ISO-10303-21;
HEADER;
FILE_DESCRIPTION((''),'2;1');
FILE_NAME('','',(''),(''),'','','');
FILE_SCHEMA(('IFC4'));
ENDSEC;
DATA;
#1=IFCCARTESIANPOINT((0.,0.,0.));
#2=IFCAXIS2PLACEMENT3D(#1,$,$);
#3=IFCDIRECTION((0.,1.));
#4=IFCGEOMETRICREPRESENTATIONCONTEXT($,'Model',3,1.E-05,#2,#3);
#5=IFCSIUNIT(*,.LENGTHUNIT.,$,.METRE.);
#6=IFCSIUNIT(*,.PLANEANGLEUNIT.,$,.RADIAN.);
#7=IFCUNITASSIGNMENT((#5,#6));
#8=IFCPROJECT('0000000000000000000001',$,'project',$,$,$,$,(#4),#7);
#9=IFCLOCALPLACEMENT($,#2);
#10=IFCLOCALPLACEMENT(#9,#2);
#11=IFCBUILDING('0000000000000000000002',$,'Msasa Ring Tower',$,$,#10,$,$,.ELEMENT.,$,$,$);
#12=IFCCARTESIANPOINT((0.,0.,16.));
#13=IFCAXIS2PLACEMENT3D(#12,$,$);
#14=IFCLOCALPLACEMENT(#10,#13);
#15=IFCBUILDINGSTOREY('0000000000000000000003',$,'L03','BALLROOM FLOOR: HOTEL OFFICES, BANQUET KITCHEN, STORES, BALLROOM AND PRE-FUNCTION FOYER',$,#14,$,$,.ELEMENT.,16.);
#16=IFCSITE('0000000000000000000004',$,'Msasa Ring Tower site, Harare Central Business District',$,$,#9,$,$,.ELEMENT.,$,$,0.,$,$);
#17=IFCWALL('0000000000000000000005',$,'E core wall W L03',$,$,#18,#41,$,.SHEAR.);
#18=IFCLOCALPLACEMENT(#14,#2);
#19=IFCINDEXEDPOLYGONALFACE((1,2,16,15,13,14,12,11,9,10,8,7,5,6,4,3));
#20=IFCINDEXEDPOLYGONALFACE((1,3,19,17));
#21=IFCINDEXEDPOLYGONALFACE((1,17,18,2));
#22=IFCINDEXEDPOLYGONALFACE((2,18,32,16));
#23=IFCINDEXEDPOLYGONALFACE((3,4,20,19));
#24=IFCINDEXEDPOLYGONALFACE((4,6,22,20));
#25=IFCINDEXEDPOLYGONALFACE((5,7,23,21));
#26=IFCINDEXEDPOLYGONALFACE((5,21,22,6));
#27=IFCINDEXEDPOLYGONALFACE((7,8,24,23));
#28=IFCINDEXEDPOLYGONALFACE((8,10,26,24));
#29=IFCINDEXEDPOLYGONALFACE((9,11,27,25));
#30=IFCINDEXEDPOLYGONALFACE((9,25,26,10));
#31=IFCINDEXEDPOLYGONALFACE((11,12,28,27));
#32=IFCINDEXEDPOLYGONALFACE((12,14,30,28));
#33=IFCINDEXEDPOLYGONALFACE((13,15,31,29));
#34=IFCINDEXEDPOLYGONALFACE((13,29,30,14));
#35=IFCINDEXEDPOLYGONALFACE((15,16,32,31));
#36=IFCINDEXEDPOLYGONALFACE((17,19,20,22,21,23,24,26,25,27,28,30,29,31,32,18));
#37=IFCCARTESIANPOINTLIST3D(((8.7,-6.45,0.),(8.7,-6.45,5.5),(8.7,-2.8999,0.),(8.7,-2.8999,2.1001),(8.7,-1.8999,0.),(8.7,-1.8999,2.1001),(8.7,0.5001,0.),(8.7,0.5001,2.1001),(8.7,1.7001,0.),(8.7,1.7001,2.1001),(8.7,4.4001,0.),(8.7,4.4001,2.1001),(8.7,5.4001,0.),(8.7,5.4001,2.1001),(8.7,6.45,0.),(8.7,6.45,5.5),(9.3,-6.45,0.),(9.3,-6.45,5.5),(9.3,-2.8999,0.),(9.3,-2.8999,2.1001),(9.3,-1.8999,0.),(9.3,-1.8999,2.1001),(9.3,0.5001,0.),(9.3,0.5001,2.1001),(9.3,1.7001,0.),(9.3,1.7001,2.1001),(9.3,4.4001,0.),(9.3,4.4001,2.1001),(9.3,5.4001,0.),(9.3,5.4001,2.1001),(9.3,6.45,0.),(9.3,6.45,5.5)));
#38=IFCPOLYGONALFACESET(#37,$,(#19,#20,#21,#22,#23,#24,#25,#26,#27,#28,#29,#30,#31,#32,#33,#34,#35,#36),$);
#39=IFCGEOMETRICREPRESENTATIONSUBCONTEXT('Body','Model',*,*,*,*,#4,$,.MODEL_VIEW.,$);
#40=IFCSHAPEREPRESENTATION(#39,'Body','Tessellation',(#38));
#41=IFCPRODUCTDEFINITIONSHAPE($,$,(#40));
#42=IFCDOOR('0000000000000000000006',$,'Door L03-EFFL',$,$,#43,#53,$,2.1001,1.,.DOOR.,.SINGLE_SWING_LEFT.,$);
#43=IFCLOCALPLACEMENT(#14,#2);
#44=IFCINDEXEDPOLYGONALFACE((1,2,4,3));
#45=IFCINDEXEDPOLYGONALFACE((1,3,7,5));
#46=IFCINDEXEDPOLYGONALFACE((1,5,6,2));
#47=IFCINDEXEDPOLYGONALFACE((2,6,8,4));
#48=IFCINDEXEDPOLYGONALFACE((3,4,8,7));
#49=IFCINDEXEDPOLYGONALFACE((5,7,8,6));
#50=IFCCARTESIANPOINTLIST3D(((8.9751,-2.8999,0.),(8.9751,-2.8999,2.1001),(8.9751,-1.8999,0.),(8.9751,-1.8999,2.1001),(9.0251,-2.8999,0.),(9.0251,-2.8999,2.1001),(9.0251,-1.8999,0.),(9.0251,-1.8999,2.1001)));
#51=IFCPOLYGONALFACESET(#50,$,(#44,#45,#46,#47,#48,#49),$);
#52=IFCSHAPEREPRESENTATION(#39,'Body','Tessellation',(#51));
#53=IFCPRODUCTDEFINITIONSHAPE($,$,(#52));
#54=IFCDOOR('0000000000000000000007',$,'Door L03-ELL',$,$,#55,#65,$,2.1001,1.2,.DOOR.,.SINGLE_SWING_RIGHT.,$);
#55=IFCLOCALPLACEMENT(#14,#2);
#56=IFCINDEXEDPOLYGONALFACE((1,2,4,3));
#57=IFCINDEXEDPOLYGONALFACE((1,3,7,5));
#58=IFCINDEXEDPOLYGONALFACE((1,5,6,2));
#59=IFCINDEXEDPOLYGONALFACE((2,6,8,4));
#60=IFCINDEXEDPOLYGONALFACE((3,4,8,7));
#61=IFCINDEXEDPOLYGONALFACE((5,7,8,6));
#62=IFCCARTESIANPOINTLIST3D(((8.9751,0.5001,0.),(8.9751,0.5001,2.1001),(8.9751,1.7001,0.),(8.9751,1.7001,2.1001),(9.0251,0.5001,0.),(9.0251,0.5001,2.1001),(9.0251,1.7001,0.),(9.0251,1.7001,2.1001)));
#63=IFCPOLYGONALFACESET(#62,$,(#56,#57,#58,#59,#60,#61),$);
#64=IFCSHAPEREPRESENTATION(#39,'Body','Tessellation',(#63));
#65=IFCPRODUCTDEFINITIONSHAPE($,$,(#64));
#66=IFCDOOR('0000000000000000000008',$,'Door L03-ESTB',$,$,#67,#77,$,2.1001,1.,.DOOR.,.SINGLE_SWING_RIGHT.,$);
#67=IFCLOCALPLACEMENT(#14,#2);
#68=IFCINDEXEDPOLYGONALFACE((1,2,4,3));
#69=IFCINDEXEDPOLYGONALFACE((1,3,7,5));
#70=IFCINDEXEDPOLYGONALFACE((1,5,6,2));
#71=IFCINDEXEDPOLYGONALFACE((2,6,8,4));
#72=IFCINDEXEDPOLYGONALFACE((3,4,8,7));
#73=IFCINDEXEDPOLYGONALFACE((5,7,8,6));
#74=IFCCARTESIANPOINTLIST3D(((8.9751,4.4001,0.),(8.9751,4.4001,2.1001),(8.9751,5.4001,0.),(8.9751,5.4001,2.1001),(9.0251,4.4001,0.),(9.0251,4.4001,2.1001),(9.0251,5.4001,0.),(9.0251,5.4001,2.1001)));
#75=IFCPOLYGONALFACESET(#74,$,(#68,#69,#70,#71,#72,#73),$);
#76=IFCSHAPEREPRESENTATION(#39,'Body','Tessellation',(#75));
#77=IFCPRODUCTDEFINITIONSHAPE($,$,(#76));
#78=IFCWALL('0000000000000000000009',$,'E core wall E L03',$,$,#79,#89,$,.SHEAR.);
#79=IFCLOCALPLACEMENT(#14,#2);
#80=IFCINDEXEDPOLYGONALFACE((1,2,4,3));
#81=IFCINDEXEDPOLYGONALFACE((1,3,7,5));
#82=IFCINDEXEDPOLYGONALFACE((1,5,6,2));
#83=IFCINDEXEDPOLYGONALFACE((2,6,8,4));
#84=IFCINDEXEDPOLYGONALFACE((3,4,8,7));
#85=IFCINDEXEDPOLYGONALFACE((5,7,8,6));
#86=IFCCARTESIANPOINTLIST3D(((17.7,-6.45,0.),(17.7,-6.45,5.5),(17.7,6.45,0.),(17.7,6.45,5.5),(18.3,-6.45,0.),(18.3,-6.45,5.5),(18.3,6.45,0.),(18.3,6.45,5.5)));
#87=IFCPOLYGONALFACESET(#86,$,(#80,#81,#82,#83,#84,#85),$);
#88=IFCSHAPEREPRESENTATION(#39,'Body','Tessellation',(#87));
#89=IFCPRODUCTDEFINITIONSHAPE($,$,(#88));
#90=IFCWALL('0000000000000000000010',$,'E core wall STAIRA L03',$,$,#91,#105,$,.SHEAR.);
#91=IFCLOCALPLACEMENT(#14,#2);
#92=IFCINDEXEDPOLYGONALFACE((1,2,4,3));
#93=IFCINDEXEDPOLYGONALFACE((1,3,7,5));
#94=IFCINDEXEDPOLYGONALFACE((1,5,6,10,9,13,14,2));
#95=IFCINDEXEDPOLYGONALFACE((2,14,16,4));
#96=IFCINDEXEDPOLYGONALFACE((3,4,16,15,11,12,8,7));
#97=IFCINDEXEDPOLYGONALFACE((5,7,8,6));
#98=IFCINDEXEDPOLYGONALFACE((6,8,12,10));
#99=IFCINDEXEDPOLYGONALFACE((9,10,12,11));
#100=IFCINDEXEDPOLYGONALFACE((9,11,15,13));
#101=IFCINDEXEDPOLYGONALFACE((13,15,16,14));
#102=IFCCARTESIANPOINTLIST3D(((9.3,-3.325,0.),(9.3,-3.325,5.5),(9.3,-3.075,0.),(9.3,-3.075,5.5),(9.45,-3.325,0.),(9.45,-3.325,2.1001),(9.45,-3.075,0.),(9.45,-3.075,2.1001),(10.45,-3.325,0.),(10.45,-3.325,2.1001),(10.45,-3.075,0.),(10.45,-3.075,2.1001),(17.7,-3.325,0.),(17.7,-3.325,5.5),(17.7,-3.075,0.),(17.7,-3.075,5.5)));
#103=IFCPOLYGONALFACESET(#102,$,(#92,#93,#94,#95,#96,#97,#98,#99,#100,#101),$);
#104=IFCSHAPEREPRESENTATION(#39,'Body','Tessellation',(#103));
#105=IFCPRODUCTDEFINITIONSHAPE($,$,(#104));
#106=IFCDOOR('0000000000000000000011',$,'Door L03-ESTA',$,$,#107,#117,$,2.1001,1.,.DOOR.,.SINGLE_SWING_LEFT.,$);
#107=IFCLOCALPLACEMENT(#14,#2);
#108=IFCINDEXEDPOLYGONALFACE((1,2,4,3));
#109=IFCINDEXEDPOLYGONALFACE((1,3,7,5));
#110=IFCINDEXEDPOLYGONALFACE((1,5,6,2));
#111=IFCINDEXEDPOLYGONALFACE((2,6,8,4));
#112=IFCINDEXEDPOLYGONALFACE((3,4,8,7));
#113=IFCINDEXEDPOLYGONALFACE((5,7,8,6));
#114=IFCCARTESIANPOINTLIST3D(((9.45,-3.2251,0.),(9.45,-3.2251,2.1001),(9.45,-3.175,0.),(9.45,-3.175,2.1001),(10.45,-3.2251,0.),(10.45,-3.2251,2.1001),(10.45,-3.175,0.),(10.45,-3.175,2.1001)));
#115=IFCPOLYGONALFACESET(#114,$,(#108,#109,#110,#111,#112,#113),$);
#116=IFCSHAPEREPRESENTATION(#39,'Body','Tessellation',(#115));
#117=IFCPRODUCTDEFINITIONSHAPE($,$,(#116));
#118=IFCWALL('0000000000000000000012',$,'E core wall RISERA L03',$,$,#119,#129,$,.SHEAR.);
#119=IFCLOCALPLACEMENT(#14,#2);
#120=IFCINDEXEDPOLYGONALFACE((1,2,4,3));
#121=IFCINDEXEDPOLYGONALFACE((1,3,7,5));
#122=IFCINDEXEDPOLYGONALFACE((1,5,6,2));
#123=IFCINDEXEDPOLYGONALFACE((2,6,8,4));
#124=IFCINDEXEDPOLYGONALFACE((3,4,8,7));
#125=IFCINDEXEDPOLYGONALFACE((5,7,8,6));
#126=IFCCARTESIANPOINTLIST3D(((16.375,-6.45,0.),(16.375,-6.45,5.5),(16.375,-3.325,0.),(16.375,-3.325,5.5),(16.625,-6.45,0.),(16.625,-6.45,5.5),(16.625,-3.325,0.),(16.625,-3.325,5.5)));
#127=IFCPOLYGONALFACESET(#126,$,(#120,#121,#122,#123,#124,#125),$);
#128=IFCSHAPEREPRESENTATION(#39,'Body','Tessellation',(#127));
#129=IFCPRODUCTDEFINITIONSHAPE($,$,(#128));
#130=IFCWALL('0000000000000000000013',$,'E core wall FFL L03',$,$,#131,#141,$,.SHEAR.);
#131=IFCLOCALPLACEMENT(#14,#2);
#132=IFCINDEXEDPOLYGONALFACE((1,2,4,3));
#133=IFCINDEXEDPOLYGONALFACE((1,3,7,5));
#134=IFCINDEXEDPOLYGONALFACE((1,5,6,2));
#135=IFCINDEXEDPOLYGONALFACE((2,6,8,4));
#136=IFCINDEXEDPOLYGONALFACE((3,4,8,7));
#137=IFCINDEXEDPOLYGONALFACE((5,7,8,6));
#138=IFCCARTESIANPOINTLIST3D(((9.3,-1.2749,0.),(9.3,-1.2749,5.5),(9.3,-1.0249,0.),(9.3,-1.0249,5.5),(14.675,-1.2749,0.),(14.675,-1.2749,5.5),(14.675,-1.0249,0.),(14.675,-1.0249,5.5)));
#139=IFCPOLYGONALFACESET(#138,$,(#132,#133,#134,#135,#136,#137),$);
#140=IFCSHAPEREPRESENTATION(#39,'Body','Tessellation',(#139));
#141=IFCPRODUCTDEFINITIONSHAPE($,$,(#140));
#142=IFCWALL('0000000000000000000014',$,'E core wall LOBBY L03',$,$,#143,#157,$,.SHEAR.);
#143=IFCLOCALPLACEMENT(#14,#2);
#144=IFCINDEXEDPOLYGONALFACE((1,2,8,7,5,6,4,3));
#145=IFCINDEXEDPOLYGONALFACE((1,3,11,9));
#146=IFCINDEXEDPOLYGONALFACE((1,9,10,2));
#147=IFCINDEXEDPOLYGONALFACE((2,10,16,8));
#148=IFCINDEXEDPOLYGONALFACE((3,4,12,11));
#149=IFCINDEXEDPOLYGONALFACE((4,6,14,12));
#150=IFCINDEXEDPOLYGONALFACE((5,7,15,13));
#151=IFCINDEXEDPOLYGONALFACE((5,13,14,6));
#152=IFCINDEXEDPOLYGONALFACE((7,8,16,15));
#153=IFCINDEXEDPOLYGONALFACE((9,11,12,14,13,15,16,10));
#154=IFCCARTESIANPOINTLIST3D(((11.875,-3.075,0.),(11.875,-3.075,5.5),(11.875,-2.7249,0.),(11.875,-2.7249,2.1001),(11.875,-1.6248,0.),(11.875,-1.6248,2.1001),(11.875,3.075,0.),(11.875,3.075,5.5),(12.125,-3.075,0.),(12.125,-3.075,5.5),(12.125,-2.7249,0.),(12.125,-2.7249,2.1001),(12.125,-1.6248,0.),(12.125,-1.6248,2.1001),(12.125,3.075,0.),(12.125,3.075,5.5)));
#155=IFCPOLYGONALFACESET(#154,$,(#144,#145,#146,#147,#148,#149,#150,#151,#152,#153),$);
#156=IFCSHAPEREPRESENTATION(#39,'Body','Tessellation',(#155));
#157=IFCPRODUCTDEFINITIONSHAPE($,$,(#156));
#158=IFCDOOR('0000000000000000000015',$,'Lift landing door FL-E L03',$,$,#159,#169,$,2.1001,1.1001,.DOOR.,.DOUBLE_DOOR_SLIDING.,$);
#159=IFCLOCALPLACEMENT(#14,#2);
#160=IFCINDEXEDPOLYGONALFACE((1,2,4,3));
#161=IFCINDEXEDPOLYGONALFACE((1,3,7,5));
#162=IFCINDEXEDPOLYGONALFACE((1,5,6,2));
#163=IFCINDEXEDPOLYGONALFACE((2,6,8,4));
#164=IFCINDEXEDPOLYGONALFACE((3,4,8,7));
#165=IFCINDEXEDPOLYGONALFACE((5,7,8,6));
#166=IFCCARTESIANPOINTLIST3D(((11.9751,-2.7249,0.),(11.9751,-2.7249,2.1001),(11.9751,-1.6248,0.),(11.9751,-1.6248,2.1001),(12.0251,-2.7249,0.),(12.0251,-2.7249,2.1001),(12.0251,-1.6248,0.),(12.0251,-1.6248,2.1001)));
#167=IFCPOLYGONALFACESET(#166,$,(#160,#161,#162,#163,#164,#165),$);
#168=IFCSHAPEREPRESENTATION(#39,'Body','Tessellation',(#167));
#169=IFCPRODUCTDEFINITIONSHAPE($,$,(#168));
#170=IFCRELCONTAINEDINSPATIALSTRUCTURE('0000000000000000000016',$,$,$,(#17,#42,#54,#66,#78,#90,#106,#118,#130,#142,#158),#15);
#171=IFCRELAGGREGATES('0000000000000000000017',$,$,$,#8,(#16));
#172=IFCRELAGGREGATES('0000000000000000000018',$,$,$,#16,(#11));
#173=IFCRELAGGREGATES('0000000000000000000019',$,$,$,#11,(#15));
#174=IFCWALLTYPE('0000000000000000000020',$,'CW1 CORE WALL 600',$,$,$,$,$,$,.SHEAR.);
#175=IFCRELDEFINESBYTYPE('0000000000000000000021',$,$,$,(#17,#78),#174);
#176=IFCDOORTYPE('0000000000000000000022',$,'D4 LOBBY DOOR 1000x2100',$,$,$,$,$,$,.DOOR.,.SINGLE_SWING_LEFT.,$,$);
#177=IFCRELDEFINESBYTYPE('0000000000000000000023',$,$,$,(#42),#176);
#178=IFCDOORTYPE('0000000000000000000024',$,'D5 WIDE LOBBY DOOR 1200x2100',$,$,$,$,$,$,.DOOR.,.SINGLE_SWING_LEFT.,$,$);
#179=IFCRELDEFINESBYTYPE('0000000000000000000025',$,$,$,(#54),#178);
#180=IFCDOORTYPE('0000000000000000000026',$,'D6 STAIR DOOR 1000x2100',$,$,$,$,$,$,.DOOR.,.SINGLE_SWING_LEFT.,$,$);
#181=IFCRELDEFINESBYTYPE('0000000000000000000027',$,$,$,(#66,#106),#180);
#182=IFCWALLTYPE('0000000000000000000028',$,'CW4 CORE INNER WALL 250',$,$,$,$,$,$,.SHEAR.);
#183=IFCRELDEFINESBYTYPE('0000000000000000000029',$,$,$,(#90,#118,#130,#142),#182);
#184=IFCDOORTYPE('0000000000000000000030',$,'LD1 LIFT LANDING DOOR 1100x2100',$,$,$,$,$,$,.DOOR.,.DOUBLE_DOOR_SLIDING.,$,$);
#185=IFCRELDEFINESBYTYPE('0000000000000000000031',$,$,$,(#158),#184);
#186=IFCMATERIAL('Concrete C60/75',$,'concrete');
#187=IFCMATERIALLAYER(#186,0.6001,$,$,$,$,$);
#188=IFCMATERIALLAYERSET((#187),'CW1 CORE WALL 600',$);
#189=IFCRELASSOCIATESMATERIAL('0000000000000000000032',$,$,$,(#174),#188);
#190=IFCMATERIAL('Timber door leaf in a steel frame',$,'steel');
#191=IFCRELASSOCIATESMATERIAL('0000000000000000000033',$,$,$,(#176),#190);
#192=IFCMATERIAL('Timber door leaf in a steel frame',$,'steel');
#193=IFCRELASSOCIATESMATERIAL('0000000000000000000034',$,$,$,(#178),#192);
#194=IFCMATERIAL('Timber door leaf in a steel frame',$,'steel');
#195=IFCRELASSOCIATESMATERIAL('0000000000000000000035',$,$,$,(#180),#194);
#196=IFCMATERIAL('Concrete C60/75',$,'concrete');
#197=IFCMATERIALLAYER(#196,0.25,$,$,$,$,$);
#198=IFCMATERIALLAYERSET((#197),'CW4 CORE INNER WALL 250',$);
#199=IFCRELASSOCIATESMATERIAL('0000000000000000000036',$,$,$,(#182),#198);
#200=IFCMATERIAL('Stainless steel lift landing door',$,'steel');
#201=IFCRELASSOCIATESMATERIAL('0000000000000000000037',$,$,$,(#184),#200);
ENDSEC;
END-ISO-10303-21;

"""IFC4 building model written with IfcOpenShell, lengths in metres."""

from ifc_helpers import new_model, si_unit, direction, frame, frame_2d, origin, place, context, subcontext, project, spatial, rectangle, extrude, material, layer, layer_set, type_object, element, fill, save


model = new_model("IFC4")

# Units and contexts
model_context = context("Model", 3, precision=1e-05, world=origin(), true_north=direction((0.0, 1.0)))
body_context = subcontext(model_context, "Body", "Model", "MODEL_VIEW")
ifc_project = project(units=[si_unit("LENGTHUNIT", "METRE"), si_unit("PLANEANGLEUNIT", "RADIAN")], contexts=[model_context])

# Site, building, storey
site_placement = place(None, origin())
site = spatial("IfcSite", under=ifc_project, at=site_placement, Name="Msasa Ring Tower site, Harare Central Business District", CompositionType="ELEMENT", RefElevation=0.0)
building_placement = place(site_placement, origin())
building = spatial("IfcBuilding", under=site, at=building_placement, Name="Msasa Ring Tower", CompositionType="ELEMENT")
storey_placement = place(building_placement, frame((0.0, 0.0, 16.0)))
storey = spatial("IfcBuildingStorey", under=building, at=storey_placement, Name="L03", Description="BALLROOM FLOOR: HOTEL OFFICES, BANQUET KITCHEN, STORES, BALLROOM AND PRE-FUNCTION FOYER", CompositionType="ELEMENT", Elevation=16.0)

# Shared definitions
ifc_material_1 = material(Name="Concrete C60/75", Category="concrete")
ifc_layer_1 = layer(ifc_material_1, 0.6001)
ifc_layer_set_1 = layer_set([ifc_layer_1], Name="CW1 CORE WALL 600")
wall_type_1 = type_object("IfcWallType", Name="CW1 CORE WALL 600", PredefinedType="SHEAR", material=ifc_layer_set_1)

# Wall, openings, doors
wall_1_placement = place(storey_placement, frame((9.0, -6.45, 0.0), z_axis=(0.0, 0.0, 1.0), x_axis=(0.0, 1.0, 0.0)))
wall_1 = element("IfcWall", 1, at=wall_1_placement, inside=storey, type_object=wall_type_1, Name="E core wall W L03", PredefinedType="SHEAR", context=body_context, shape_type="SweptSolid", body=[
    extrude(rectangle(XDim=12.8999, YDim=0.6001, at=frame_2d((6.45, 0.0))), origin(), (0.0, 0.0, 1.0), 5.5),
])
opening_1_placement = place(wall_1_placement, frame((3.55, 0.0, 0.0)))
opening_1 = element("IfcOpeningElement", 2, at=opening_1_placement, cuts=wall_1, PredefinedType="OPENING", context=body_context, shape_type="SweptSolid", body=[
    extrude(rectangle(XDim=1.0, YDim=2.1001, at=frame_2d((0.5, 1.05))), frame((0.0, 0.3101, 0.0), z_axis=(0.0, -1.0, 0.0), x_axis=(1.0, 0.0, 0.0)), (0.0, 0.0, 1.0), 0.6201),
])
opening_2_placement = place(wall_1_placement, frame((6.95, 0.0, 0.0)))
opening_2 = element("IfcOpeningElement", 3, at=opening_2_placement, cuts=wall_1, PredefinedType="OPENING", context=body_context, shape_type="SweptSolid", body=[
    extrude(rectangle(XDim=1.2, YDim=2.1001, at=frame_2d((0.6001, 1.05))), frame((0.0, 0.3101, 0.0), z_axis=(0.0, -1.0, 0.0), x_axis=(1.0, 0.0, 0.0)), (0.0, 0.0, 1.0), 0.6201),
])
opening_3_placement = place(wall_1_placement, frame((10.8501, 0.0, 0.0)))
opening_3 = element("IfcOpeningElement", 4, at=opening_3_placement, cuts=wall_1, PredefinedType="OPENING", context=body_context, shape_type="SweptSolid", body=[
    extrude(rectangle(XDim=1.0, YDim=2.1001, at=frame_2d((0.5, 1.05))), frame((0.0, 0.3101, 0.0), z_axis=(0.0, -1.0, 0.0), x_axis=(1.0, 0.0, 0.0)), (0.0, 0.0, 1.0), 0.6201),
])
ifc_material_2 = material(Name="Timber door leaf in a steel frame", Category="steel")
door_type_1 = type_object("IfcDoorType", Name="D4 LOBBY DOOR 1000x2100", OperationType="SINGLE_SWING_LEFT", PredefinedType="DOOR", material=ifc_material_2)
door_1_placement = place(opening_1_placement, origin())
door_1 = element("IfcDoor", 5, at=door_1_placement, inside=storey, type_object=door_type_1, Name="Door L03-EFFL", OperationType="SINGLE_SWING_LEFT", OverallHeight=2.1001, OverallWidth=1.0, PredefinedType="DOOR", context=body_context, shape_type="SweptSolid", body=[
    extrude(rectangle(XDim=1.0, YDim=2.1001, at=frame_2d((0.5, 1.05))), frame((0.0, 0.0249, 0.0), z_axis=(0.0, -1.0, 0.0), x_axis=(1.0, 0.0, 0.0)), (0.0, 0.0, 1.0), 0.05),
])
fill(opening_1, door_1)
ifc_material_3 = material(Name="Timber door leaf in a steel frame", Category="steel")
door_type_2 = type_object("IfcDoorType", Name="D5 WIDE LOBBY DOOR 1200x2100", OperationType="SINGLE_SWING_LEFT", PredefinedType="DOOR", material=ifc_material_3)
door_2_placement = place(opening_2_placement, origin())
door_2 = element("IfcDoor", 6, at=door_2_placement, inside=storey, type_object=door_type_2, Name="Door L03-ELL", OperationType="SINGLE_SWING_RIGHT", OverallHeight=2.1001, OverallWidth=1.2, PredefinedType="DOOR", context=body_context, shape_type="SweptSolid", body=[
    extrude(rectangle(XDim=1.2, YDim=2.1001, at=frame_2d((0.6001, 1.05))), frame((0.0, 0.0249, 0.0), z_axis=(0.0, -1.0, 0.0), x_axis=(1.0, 0.0, 0.0)), (0.0, 0.0, 1.0), 0.05),
])
fill(opening_2, door_2)
ifc_material_4 = material(Name="Timber door leaf in a steel frame", Category="steel")
door_type_3 = type_object("IfcDoorType", Name="D6 STAIR DOOR 1000x2100", OperationType="SINGLE_SWING_LEFT", PredefinedType="DOOR", material=ifc_material_4)
door_3_placement = place(opening_3_placement, origin())
door_3 = element("IfcDoor", 7, at=door_3_placement, inside=storey, type_object=door_type_3, Name="Door L03-ESTB", OperationType="SINGLE_SWING_RIGHT", OverallHeight=2.1001, OverallWidth=1.0, PredefinedType="DOOR", context=body_context, shape_type="SweptSolid", body=[
    extrude(rectangle(XDim=1.0, YDim=2.1001, at=frame_2d((0.5, 1.05))), frame((0.0, 0.0249, 0.0), z_axis=(0.0, -1.0, 0.0), x_axis=(1.0, 0.0, 0.0)), (0.0, 0.0, 1.0), 0.05),
])
fill(opening_3, door_3)

# Wall
wall_2_placement = place(storey_placement, frame((18.0, -6.45, 0.0), z_axis=(0.0, 0.0, 1.0), x_axis=(0.0, 1.0, 0.0)))
element("IfcWall", 8, at=wall_2_placement, inside=storey, type_object=wall_type_1, Name="E core wall E L03", PredefinedType="SHEAR", context=body_context, shape_type="SweptSolid", body=[
    extrude(rectangle(XDim=12.8999, YDim=0.6001, at=frame_2d((6.45, 0.0))), origin(), (0.0, 0.0, 1.0), 5.5),
])

# Wall, opening, door
ifc_material_5 = material(Name="Concrete C60/75", Category="concrete")
ifc_layer_2 = layer(ifc_material_5, 0.25)
ifc_layer_set_2 = layer_set([ifc_layer_2], Name="CW4 CORE INNER WALL 250")
wall_type_2 = type_object("IfcWallType", Name="CW4 CORE INNER WALL 250", PredefinedType="SHEAR", material=ifc_layer_set_2)
wall_3_placement = place(storey_placement, frame((9.3, -3.2, 0.0), z_axis=(0.0, 0.0, 1.0), x_axis=(1.0, 0.0, 0.0)))
wall_3 = element("IfcWall", 9, at=wall_3_placement, inside=storey, type_object=wall_type_2, Name="E core wall STAIRA L03", PredefinedType="SHEAR", context=body_context, shape_type="SweptSolid", body=[
    extrude(rectangle(XDim=8.3999, YDim=0.25, at=frame_2d((4.2, 0.0))), origin(), (0.0, 0.0, 1.0), 5.5),
])
opening_4_placement = place(wall_3_placement, frame((0.1499, 0.0, 0.0)))
opening_4 = element("IfcOpeningElement", 10, at=opening_4_placement, cuts=wall_3, PredefinedType="OPENING", context=body_context, shape_type="SweptSolid", body=[
    extrude(rectangle(XDim=1.0, YDim=2.1001, at=frame_2d((0.5, 1.05))), frame((0.0, 0.135, 0.0), z_axis=(0.0, -1.0, 0.0), x_axis=(1.0, 0.0, 0.0)), (0.0, 0.0, 1.0), 0.27),
])
door_4_placement = place(opening_4_placement, origin())
door_4 = element("IfcDoor", 11, at=door_4_placement, inside=storey, type_object=door_type_3, Name="Door L03-ESTA", OperationType="SINGLE_SWING_LEFT", OverallHeight=2.1001, OverallWidth=1.0, PredefinedType="DOOR", context=body_context, shape_type="SweptSolid", body=[
    extrude(rectangle(XDim=1.0, YDim=2.1001, at=frame_2d((0.5, 1.05))), frame((0.0, 0.0249, 0.0), z_axis=(0.0, -1.0, 0.0), x_axis=(1.0, 0.0, 0.0)), (0.0, 0.0, 1.0), 0.05),
])
fill(opening_4, door_4)

# Walls
wall_4_placement = place(storey_placement, frame((16.5, -6.45, 0.0), z_axis=(0.0, 0.0, 1.0), x_axis=(0.0, 1.0, 0.0)))
element("IfcWall", 12, at=wall_4_placement, inside=storey, type_object=wall_type_2, Name="E core wall RISERA L03", PredefinedType="SHEAR", context=body_context, shape_type="SweptSolid", body=[
    extrude(rectangle(XDim=3.125, YDim=0.25, at=frame_2d((1.5625, 0.0))), origin(), (0.0, 0.0, 1.0), 5.5),
])
wall_5_placement = place(storey_placement, frame((9.3, -1.1499, 0.0), z_axis=(0.0, 0.0, 1.0), x_axis=(1.0, 0.0, 0.0)))
element("IfcWall", 13, at=wall_5_placement, inside=storey, type_object=wall_type_2, Name="E core wall FFL L03", PredefinedType="SHEAR", context=body_context, shape_type="SweptSolid", body=[
    extrude(rectangle(XDim=5.375, YDim=0.25, at=frame_2d((2.6875, 0.0))), origin(), (0.0, 0.0, 1.0), 5.5),
])

# Wall, opening, door
wall_6_placement = place(storey_placement, frame((12.0, -3.075, 0.0), z_axis=(0.0, 0.0, 1.0), x_axis=(0.0, 1.0, 0.0)))
wall_6 = element("IfcWall", 14, at=wall_6_placement, inside=storey, type_object=wall_type_2, Name="E core wall LOBBY L03", PredefinedType="SHEAR", context=body_context, shape_type="SweptSolid", body=[
    extrude(rectangle(XDim=6.1499, YDim=0.25, at=frame_2d((3.075, 0.0))), origin(), (0.0, 0.0, 1.0), 5.5),
])
opening_5_placement = place(wall_6_placement, frame((0.3501, 0.0, 0.0)))
opening_5 = element("IfcOpeningElement", 15, at=opening_5_placement, cuts=wall_6, PredefinedType="OPENING", context=body_context, shape_type="SweptSolid", body=[
    extrude(rectangle(XDim=1.1001, YDim=2.1001, at=frame_2d((0.55, 1.05))), frame((0.0, 0.135, 0.0), z_axis=(0.0, -1.0, 0.0), x_axis=(1.0, 0.0, 0.0)), (0.0, 0.0, 1.0), 0.27),
])
ifc_material_6 = material(Name="Stainless steel lift landing door", Category="steel")
door_type_4 = type_object("IfcDoorType", Name="LD1 LIFT LANDING DOOR 1100x2100", OperationType="DOUBLE_DOOR_SLIDING", PredefinedType="DOOR", material=ifc_material_6)
door_5_placement = place(opening_5_placement, origin())
door_5 = element("IfcDoor", 16, at=door_5_placement, inside=storey, type_object=door_type_4, Name="Lift landing door FL-E L03", OperationType="DOUBLE_DOOR_SLIDING", OverallHeight=2.1001, OverallWidth=1.1001, PredefinedType="DOOR", context=body_context, shape_type="SweptSolid", body=[
    extrude(rectangle(XDim=1.1001, YDim=2.1001, at=frame_2d((0.55, 1.05))), frame((0.0, 0.0249, 0.0), z_axis=(0.0, -1.0, 0.0), x_axis=(1.0, 0.0, 0.0)), (0.0, 0.0, 1.0), 0.05),
])
fill(opening_5, door_5)

save(model, "model.ifc")
